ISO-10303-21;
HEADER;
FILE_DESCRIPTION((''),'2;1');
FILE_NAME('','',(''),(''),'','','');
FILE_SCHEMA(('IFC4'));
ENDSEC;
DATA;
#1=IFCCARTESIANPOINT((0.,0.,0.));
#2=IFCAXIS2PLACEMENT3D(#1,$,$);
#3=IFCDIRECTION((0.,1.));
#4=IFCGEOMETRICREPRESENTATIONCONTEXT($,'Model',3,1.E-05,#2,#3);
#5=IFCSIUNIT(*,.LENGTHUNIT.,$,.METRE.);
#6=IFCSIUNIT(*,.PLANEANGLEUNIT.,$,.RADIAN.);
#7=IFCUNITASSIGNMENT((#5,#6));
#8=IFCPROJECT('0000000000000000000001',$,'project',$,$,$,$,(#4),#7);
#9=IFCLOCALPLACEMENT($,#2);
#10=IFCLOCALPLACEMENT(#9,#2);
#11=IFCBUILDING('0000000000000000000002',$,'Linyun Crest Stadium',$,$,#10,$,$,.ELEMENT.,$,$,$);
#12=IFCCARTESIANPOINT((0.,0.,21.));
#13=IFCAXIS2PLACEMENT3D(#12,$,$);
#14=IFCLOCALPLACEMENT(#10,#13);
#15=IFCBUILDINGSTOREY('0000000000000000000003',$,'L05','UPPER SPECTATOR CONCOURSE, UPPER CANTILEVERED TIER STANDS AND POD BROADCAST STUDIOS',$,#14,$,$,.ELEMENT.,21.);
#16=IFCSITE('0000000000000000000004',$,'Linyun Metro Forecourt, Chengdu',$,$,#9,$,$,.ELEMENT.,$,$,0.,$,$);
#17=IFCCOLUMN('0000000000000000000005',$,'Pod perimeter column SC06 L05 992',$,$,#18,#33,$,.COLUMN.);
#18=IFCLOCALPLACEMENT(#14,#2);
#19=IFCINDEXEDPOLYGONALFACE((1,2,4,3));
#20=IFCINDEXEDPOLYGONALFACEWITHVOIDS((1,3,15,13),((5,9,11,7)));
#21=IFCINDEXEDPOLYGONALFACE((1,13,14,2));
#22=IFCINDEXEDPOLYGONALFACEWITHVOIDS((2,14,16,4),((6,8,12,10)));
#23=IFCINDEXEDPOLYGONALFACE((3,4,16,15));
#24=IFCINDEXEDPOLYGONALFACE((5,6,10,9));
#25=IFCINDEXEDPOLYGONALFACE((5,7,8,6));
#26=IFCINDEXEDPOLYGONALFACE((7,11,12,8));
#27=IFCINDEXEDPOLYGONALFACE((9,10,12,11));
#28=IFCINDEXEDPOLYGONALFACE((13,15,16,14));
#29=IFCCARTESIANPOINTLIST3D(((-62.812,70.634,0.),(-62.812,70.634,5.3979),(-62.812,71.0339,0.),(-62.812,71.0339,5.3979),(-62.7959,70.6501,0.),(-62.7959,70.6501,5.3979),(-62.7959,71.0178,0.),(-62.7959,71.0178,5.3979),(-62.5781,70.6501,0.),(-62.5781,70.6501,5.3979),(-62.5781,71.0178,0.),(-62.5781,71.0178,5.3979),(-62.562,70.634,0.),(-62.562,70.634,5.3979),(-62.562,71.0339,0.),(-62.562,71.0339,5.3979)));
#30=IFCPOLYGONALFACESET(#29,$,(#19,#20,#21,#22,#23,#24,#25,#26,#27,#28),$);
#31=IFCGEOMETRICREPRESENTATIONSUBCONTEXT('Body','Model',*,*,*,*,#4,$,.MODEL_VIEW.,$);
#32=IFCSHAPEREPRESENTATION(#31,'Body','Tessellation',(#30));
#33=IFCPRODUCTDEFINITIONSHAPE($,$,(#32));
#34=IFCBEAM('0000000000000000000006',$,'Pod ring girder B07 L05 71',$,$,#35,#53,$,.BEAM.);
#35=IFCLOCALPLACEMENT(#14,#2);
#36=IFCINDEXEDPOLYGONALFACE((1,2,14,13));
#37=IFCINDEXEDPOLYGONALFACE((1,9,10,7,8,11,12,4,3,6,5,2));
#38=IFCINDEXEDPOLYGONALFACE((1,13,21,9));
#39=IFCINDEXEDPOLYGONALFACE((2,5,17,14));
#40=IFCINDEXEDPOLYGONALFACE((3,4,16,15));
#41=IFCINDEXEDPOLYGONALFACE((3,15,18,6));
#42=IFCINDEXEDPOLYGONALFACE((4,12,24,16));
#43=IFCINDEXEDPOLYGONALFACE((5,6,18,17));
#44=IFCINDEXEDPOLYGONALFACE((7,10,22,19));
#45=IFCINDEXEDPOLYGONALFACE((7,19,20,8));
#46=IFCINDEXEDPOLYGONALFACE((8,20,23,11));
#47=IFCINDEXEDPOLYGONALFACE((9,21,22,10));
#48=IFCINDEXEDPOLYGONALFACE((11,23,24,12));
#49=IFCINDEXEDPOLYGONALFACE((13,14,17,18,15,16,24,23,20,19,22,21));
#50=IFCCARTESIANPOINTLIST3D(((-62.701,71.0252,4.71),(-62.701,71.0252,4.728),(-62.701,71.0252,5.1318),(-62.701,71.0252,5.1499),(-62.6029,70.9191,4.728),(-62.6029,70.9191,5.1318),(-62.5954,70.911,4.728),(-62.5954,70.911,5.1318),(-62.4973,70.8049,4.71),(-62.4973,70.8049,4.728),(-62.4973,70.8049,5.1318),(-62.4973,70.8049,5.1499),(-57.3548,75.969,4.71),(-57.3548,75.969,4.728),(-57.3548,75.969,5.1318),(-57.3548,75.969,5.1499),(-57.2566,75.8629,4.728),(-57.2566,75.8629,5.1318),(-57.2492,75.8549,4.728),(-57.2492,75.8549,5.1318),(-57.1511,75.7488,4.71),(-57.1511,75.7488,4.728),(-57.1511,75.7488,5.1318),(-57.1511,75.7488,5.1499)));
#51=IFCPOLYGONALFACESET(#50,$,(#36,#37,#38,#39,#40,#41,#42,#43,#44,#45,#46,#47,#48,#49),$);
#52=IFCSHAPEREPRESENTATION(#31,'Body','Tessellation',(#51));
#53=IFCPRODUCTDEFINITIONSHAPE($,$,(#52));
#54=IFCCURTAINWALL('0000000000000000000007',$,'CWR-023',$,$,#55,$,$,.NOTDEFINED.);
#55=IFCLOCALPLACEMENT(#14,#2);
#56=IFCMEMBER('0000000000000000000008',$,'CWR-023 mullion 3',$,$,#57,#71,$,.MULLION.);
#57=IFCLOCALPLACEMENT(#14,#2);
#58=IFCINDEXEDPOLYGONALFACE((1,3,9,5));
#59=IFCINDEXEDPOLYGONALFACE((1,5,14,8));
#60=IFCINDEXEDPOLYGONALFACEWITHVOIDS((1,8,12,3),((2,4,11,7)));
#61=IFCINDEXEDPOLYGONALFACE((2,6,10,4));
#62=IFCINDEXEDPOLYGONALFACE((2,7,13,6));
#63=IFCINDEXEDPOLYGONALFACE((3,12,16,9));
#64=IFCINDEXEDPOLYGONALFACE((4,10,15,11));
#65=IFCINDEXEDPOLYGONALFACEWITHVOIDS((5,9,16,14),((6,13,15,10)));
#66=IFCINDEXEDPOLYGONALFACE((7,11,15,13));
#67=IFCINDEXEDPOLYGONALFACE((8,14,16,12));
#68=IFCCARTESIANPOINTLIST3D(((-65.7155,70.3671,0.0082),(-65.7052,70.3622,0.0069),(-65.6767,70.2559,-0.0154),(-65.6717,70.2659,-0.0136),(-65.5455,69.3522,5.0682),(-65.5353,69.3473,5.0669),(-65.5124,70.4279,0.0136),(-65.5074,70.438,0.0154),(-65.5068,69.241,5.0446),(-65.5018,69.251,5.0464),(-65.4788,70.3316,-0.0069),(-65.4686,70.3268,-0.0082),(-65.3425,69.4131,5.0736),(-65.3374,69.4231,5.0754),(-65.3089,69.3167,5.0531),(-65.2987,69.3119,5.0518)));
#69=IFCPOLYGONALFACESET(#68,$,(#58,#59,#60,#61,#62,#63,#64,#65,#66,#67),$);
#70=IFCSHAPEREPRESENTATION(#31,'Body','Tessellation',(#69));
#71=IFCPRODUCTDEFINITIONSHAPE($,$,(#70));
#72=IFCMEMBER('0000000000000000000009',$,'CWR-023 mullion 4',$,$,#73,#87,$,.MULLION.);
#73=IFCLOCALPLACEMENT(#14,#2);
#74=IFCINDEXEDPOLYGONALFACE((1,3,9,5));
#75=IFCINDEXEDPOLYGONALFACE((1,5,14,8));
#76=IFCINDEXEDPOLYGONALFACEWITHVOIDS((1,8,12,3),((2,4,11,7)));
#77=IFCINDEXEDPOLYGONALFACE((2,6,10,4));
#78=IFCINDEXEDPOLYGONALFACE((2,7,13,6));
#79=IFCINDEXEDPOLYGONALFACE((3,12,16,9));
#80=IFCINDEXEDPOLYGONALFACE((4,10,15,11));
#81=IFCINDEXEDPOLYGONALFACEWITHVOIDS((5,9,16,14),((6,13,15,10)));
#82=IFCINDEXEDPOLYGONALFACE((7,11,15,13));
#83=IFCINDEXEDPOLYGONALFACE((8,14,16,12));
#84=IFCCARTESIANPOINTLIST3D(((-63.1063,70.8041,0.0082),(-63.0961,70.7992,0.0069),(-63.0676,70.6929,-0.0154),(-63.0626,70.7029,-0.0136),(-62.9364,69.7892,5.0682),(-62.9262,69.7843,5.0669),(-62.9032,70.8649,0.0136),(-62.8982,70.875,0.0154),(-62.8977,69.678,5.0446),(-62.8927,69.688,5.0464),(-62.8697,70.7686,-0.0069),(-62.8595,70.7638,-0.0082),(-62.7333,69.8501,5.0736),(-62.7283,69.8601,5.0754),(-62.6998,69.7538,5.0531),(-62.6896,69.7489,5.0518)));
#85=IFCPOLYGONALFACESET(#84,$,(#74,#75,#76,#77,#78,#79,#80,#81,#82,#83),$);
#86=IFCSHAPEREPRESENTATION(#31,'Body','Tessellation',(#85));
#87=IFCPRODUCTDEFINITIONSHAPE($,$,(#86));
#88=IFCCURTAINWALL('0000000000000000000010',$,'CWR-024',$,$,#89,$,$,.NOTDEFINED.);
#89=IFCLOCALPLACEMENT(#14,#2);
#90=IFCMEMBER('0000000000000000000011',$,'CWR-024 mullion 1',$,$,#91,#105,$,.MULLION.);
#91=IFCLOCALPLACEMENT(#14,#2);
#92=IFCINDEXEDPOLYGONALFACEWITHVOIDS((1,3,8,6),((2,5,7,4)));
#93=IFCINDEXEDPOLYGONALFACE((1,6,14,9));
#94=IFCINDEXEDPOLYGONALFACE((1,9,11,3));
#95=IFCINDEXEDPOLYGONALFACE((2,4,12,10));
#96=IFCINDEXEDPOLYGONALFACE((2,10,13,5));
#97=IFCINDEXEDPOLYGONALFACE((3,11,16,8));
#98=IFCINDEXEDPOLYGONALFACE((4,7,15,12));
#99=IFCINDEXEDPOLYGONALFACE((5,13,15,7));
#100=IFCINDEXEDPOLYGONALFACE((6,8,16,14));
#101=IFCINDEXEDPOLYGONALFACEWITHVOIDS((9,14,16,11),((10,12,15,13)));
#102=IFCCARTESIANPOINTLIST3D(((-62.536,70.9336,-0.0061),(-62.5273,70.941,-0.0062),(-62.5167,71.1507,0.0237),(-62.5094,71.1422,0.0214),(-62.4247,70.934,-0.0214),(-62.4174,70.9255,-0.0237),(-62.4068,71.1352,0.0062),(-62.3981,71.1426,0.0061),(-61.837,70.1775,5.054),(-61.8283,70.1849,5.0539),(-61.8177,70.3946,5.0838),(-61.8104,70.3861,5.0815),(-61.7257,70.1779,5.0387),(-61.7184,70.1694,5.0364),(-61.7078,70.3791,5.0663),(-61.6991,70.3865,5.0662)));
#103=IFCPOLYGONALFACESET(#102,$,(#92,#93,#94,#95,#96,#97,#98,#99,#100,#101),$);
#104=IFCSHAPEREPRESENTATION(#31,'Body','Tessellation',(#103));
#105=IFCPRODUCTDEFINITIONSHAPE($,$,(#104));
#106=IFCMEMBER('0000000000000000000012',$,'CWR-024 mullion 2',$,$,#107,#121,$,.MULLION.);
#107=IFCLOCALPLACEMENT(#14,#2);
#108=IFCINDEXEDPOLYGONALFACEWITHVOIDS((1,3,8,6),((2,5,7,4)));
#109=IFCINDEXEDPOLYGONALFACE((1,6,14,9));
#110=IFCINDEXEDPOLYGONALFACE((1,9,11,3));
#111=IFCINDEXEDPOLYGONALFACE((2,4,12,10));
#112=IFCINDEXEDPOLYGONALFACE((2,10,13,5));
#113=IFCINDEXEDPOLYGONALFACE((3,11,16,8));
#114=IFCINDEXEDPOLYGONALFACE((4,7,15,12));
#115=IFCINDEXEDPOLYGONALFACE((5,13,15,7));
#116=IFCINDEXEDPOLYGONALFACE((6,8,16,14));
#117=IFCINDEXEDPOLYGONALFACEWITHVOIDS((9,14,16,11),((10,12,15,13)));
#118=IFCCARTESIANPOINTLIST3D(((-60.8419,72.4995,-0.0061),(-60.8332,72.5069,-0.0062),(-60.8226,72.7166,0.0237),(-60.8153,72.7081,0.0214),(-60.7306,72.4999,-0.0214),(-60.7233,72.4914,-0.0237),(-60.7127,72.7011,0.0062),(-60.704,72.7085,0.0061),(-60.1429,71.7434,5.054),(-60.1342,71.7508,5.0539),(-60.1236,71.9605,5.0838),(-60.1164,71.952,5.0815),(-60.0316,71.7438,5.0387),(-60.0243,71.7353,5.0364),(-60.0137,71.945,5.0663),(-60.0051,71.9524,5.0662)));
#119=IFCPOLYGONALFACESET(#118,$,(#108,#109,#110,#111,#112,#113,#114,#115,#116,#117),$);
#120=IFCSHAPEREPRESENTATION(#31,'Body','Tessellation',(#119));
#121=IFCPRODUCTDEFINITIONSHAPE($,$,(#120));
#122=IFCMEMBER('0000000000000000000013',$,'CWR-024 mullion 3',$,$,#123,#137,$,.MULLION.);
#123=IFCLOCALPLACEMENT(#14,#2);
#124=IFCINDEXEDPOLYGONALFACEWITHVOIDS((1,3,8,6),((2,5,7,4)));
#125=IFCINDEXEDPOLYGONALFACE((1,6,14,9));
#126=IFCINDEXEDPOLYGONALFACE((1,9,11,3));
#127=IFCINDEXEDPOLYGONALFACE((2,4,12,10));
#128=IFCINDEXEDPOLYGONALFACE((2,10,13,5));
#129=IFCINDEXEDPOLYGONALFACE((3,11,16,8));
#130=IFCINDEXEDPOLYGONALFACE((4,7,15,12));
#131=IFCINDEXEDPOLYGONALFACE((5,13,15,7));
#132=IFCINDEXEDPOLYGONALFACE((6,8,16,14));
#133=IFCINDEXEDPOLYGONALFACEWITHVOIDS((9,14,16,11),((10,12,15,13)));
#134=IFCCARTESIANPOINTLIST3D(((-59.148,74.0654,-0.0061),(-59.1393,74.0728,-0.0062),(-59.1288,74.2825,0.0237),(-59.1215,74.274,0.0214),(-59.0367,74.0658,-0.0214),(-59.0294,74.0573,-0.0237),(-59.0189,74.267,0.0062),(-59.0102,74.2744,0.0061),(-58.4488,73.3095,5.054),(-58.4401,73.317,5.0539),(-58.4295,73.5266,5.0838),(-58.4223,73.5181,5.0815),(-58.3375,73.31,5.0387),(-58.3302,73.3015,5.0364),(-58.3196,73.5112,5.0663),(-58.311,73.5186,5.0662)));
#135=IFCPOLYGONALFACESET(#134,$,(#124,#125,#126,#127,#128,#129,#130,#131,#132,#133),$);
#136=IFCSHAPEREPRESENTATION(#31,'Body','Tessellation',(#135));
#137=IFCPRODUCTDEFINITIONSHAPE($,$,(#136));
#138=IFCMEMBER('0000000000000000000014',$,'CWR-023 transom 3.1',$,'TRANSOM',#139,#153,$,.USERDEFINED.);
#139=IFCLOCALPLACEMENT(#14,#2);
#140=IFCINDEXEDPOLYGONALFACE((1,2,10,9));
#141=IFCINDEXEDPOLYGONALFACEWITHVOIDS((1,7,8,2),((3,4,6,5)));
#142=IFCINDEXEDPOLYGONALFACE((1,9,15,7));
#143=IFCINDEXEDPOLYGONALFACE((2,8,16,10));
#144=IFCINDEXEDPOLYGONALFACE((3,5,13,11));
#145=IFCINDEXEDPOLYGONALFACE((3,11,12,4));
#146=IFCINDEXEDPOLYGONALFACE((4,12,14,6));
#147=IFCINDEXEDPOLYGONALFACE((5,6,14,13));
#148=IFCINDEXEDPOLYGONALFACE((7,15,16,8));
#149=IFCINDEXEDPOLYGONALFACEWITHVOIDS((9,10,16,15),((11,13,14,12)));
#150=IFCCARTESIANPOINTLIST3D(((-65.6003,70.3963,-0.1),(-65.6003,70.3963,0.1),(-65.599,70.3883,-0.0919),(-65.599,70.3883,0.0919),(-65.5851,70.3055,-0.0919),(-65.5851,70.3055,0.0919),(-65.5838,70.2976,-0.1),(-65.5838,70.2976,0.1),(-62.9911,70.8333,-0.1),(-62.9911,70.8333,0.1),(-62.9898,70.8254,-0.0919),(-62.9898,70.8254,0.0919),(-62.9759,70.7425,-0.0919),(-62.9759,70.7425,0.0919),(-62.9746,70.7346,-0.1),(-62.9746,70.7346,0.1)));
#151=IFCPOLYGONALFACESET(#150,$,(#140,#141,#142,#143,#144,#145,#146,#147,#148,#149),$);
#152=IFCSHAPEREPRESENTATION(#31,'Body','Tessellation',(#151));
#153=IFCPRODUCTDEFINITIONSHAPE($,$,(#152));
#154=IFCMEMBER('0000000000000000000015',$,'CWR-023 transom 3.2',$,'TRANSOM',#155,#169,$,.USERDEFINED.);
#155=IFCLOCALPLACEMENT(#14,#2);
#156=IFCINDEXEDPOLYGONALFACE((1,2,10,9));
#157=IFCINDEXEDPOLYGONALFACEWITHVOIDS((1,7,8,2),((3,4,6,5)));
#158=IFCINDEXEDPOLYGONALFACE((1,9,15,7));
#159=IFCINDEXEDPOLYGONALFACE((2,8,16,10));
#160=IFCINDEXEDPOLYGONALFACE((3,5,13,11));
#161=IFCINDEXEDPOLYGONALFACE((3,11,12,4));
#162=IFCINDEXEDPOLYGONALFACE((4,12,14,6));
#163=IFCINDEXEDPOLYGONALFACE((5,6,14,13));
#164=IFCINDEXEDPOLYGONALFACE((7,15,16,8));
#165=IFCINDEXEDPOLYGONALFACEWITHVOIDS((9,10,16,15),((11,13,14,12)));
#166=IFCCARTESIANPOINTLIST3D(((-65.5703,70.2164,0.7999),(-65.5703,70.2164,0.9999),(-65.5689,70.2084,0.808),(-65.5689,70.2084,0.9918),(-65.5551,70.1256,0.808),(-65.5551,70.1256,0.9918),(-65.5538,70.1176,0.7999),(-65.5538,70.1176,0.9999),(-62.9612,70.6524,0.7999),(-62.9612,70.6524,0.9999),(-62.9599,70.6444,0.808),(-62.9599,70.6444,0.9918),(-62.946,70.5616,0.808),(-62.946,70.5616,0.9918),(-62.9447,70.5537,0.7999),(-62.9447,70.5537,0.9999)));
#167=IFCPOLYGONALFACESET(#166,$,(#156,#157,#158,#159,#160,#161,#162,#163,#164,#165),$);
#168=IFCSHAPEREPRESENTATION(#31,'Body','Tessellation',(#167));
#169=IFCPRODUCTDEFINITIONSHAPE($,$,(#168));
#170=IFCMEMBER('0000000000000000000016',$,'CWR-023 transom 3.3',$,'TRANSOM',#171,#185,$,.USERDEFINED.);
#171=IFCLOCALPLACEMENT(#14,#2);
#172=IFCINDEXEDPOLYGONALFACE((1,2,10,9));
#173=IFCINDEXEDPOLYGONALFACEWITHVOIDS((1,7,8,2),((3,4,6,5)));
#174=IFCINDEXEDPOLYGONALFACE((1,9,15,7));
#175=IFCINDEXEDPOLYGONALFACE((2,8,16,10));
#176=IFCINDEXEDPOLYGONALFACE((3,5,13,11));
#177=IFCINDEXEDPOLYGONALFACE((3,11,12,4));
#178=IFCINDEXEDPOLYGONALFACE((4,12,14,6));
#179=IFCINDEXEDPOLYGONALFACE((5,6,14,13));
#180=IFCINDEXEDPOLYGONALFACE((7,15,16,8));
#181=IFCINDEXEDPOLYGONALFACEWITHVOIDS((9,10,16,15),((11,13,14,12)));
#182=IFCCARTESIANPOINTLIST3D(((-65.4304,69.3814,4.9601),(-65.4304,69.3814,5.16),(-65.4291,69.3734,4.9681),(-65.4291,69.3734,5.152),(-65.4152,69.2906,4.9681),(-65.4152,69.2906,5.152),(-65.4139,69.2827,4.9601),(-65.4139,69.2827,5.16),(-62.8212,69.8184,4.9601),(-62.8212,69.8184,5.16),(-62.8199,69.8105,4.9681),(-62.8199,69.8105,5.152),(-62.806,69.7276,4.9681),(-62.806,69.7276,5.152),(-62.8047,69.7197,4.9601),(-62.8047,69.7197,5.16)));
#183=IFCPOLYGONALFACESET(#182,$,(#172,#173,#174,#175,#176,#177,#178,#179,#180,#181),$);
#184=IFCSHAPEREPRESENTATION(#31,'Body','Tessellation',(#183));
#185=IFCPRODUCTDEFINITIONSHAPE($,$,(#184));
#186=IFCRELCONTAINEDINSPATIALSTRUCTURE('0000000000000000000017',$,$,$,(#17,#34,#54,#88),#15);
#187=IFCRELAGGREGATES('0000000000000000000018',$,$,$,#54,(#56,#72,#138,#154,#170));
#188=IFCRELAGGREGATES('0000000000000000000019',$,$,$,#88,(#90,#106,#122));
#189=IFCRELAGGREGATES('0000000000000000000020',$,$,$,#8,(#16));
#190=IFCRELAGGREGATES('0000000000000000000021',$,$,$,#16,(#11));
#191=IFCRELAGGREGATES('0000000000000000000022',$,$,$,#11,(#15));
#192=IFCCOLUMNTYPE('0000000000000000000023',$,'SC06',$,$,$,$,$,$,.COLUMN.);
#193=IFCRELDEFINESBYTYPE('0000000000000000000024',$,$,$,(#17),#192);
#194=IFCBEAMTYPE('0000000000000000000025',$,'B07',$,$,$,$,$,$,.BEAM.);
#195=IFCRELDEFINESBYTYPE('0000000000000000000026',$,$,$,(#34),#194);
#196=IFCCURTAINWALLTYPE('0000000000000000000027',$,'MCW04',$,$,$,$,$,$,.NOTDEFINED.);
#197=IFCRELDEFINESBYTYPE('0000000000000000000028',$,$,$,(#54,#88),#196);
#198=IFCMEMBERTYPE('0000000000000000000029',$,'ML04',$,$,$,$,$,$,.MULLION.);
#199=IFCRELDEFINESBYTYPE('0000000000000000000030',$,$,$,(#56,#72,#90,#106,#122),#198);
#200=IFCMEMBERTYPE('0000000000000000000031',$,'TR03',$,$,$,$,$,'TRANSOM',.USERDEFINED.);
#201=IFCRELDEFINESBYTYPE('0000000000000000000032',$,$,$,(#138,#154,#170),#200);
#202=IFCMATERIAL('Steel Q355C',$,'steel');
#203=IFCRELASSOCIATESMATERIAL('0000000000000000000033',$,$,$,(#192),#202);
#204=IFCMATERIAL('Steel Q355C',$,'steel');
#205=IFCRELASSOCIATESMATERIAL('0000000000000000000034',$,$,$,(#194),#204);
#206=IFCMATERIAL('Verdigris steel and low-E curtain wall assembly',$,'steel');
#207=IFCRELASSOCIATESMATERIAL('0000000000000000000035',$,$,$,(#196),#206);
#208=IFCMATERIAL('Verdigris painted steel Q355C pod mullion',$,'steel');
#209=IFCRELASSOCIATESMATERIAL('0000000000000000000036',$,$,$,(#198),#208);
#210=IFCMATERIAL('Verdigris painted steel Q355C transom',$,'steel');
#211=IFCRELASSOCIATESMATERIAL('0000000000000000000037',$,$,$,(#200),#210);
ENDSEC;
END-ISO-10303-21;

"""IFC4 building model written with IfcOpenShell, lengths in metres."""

from ifc_helpers import new_model, si_unit, direction, frame, origin, origin_2d, place, context, subcontext, project, spatial, hollow_rectangle, i_section, extrude, material, material_profile, profile_set, type_object, element, aggregate, save


model = new_model("IFC4")

# Units and contexts
model_context = context("Model", 3, precision=1e-05, world=origin(), true_north=direction((0.0, 1.0)))
body_context = subcontext(model_context, "Body", "Model", "MODEL_VIEW")
ifc_project = project(units=[si_unit("LENGTHUNIT", "METRE"), si_unit("PLANEANGLEUNIT", "RADIAN")], contexts=[model_context])

# Site, building, storey
site_placement = place(None, origin())
site = spatial("IfcSite", under=ifc_project, at=site_placement, Name="Linyun Metro Forecourt, Chengdu", CompositionType="ELEMENT", RefElevation=0.0)
building_placement = place(site_placement, origin())
building = spatial("IfcBuilding", under=site, at=building_placement, Name="Linyun Crest Stadium", CompositionType="ELEMENT")
storey_placement = place(building_placement, frame((0.0, 0.0, 21.0)))
storey = spatial("IfcBuildingStorey", under=building, at=storey_placement, Name="L05", Description="UPPER SPECTATOR CONCOURSE, UPPER CANTILEVERED TIER STANDS AND POD BROADCAST STUDIOS", CompositionType="ELEMENT", Elevation=21.0)

# Column
ifc_material_1 = material(Name="Steel Q355C", Category="steel")
ifc_material_profile_1 = material_profile(ifc_material_1, hollow_rectangle(XDim=0.25, YDim=0.3999, WallThickness=0.0161, at=origin_2d()), Name="RHS 400x250x16")
ifc_profile_set_1 = profile_set([ifc_material_profile_1], Name="Steel Q355C")
column_type = type_object("IfcColumnType", Name="SC06", PredefinedType="COLUMN", material=ifc_profile_set_1)
column_placement = place(storey_placement, frame((-62.687, 70.834, 0.0), z_axis=(0.0, 0.0, 1.0), x_axis=(1.0, 0.0, 0.0)))
element("IfcColumn", 1, at=column_placement, inside=storey, type_object=column_type, Name="Pod perimeter column SC06 L05 992", PredefinedType="COLUMN", context=body_context, shape_type="SweptSolid", body=[
    extrude(hollow_rectangle(XDim=0.25, YDim=0.3999, WallThickness=0.0161, at=origin_2d()), origin(), (0.0, 0.0, 1.0), 5.3979),
])

# Beam
ifc_material_2 = material(Name="Steel Q355C", Category="steel")
ifc_material_profile_2 = material_profile(ifc_material_2, i_section(OverallWidth=0.3, OverallDepth=0.4399, WebThickness=0.011, FlangeThickness=0.0181, at=origin_2d()), Name="HM 440x300")
ifc_profile_set_2 = profile_set([ifc_material_profile_2], Name="Steel Q355C")
beam_type = type_object("IfcBeamType", Name="B07", PredefinedType="BEAM", material=ifc_profile_set_2)
beam_placement = place(storey_placement, frame((-62.5991, 70.915, 4.9299), z_axis=(0.734194, 0.67894, 0.0), x_axis=(-0.67894, 0.734194, 0.0)))
element("IfcBeam", 2, at=beam_placement, inside=storey, type_object=beam_type, Name="Pod ring girder B07 L05 71", PredefinedType="BEAM", context=body_context, shape_type="SweptSolid", body=[
    extrude(i_section(OverallWidth=0.3, OverallDepth=0.4399, WebThickness=0.011, FlangeThickness=0.0181, at=origin_2d()), origin(), (0.0, 0.0, 1.0), 7.2817),
])

# Curtain walls, members
ifc_material_3 = material(Name="Verdigris steel and low-E curtain wall assembly", Category="steel")
curtain_wall_type = type_object("IfcCurtainWallType", Name="MCW04", PredefinedType="NOTDEFINED", material=ifc_material_3)
curtain_wall_1_placement = place(storey_placement, origin())
curtain_wall_1 = element("IfcCurtainWall", 3, at=curtain_wall_1_placement, inside=storey, type_object=curtain_wall_type, Name="CWR-023", PredefinedType="NOTDEFINED")
ifc_material_4 = material(Name="Verdigris painted steel Q355C pod mullion", Category="steel")
ifc_material_profile_3 = material_profile(ifc_material_4, hollow_rectangle(XDim=0.1201, YDim=0.22, WallThickness=0.0081, at=origin_2d()), Name="RHS 220x120x8")
ifc_profile_set_3 = profile_set([ifc_material_profile_3], Name="Verdigris painted steel Q355C pod mullion")
member_type_1 = type_object("IfcMemberType", Name="ML04", PredefinedType="MULLION", material=ifc_profile_set_3)
member_1_placement = place(storey_placement, frame((-65.592, 70.3469, 0.0), z_axis=(0.032907, -0.196546, 0.979942), x_axis=(-0.32238, 0.92598, 0.196549)))
member_1 = element("IfcMember", 4, at=member_1_placement, type_object=member_type_1, Name="CWR-023 mullion 3", PredefinedType="MULLION", context=body_context, shape_type="SweptSolid", body=[
    extrude(hollow_rectangle(XDim=0.1201, YDim=0.22, WallThickness=0.0081, at=origin_2d()), origin(), (0.0, 0.0, 1.0), 5.1636),
])
member_2_placement = place(storey_placement, frame((-62.9829, 70.7839, 0.0), z_axis=(0.032907, -0.196546, 0.979942), x_axis=(-0.32238, 0.92598, 0.196549)))
member_2 = element("IfcMember", 5, at=member_2_placement, type_object=member_type_1, Name="CWR-023 mullion 4", PredefinedType="MULLION", context=body_context, shape_type="SweptSolid", body=[
    extrude(hollow_rectangle(XDim=0.1201, YDim=0.22, WallThickness=0.0081, at=origin_2d()), origin(), (0.0, 0.0, 1.0), 5.1636),
])
curtain_wall_2_placement = place(storey_placement, origin())
curtain_wall_2 = element("IfcCurtainWall", 6, at=curtain_wall_2_placement, inside=storey, type_object=curtain_wall_type, Name="CWR-024", PredefinedType="NOTDEFINED")
member_3_placement = place(storey_placement, frame((-62.467, 71.0381, 0.0), z_axis=(0.135361, -0.146425, 0.979917), x_axis=(-0.986909, 0.067602, 0.146429)))
member_3 = element("IfcMember", 7, at=member_3_placement, type_object=member_type_1, Name="CWR-024 mullion 1", PredefinedType="MULLION", context=body_context, shape_type="SweptSolid", body=[
    extrude(hollow_rectangle(XDim=0.1201, YDim=0.22, WallThickness=0.0081, at=origin_2d()), origin(), (0.0, 0.0, 1.0), 5.1638),
])
member_4_placement = place(storey_placement, frame((-60.7729, 72.604, 0.0), z_axis=(0.135361, -0.146425, 0.979917), x_axis=(-0.986909, 0.067602, 0.146429)))
member_4 = element("IfcMember", 8, at=member_4_placement, type_object=member_type_1, Name="CWR-024 mullion 2", PredefinedType="MULLION", context=body_context, shape_type="SweptSolid", body=[
    extrude(hollow_rectangle(XDim=0.1201, YDim=0.22, WallThickness=0.0081, at=origin_2d()), origin(), (0.0, 0.0, 1.0), 5.1638),
])
member_5_placement = place(storey_placement, frame((-59.0791, 74.1699, 0.0), z_axis=(0.135409, -0.146378, 0.979917), x_axis=(-0.986931, 0.067271, 0.146427)))
member_5 = element("IfcMember", 9, at=member_5_placement, type_object=member_type_1, Name="CWR-024 mullion 3", PredefinedType="MULLION", context=body_context, shape_type="SweptSolid", body=[
    extrude(hollow_rectangle(XDim=0.1201, YDim=0.22, WallThickness=0.0081, at=origin_2d()), origin(), (0.0, 0.0, 1.0), 5.1638),
])

# Members
ifc_material_5 = material(Name="Verdigris painted steel Q355C transom", Category="steel")
ifc_material_profile_4 = material_profile(ifc_material_5, hollow_rectangle(XDim=0.1001, YDim=0.2, WallThickness=0.0081, at=origin_2d()), Name="RHS 200x100x8")
ifc_profile_set_4 = profile_set([ifc_material_profile_4], Name="Verdigris painted steel Q355C transom")
member_type_2 = type_object("IfcMemberType", Name="TR03", ElementType="TRANSOM", PredefinedType="USERDEFINED", material=ifc_profile_set_4)
member_6_placement = place(storey_placement, frame((-65.592, 70.3469, 0.0), z_axis=(0.986261, 0.165192, 0.0), x_axis=(-0.165192, 0.986261, 0.0)))
member_6 = element("IfcMember", 10, at=member_6_placement, type_object=member_type_2, Name="CWR-023 transom 3.1", ObjectType="TRANSOM", PredefinedType="USERDEFINED", context=body_context, shape_type="SweptSolid", body=[
    extrude(hollow_rectangle(XDim=0.1001, YDim=0.2, WallThickness=0.0081, at=origin_2d()), origin(), (0.0, 0.0, 1.0), 2.6455),
])
member_7_placement = place(storey_placement, frame((-65.562, 70.167, 0.8999), z_axis=(0.986321, 0.164833, 0.0), x_axis=(-0.164833, 0.986321, 0.0)))
member_7 = element("IfcMember", 11, at=member_7_placement, type_object=member_type_2, Name="CWR-023 transom 3.2", ObjectType="TRANSOM", PredefinedType="USERDEFINED", context=body_context, shape_type="SweptSolid", body=[
    extrude(hollow_rectangle(XDim=0.1001, YDim=0.2, WallThickness=0.0081, at=origin_2d()), origin(), (0.0, 0.0, 1.0), 2.6453),
])
member_8_placement = place(storey_placement, frame((-65.4221, 69.332, 5.0601), z_axis=(0.986261, 0.165192, 0.0), x_axis=(-0.165192, 0.986261, 0.0)))
member_8 = element("IfcMember", 12, at=member_8_placement, type_object=member_type_2, Name="CWR-023 transom 3.3", ObjectType="TRANSOM", PredefinedType="USERDEFINED", context=body_context, shape_type="SweptSolid", body=[
    extrude(hollow_rectangle(XDim=0.1001, YDim=0.2, WallThickness=0.0081, at=origin_2d()), origin(), (0.0, 0.0, 1.0), 2.6455),
])

aggregate(curtain_wall_1, [member_1, member_2, member_6, member_7, member_8])
aggregate(curtain_wall_2, [member_3, member_4, member_5])

save(model, "model.ifc")
